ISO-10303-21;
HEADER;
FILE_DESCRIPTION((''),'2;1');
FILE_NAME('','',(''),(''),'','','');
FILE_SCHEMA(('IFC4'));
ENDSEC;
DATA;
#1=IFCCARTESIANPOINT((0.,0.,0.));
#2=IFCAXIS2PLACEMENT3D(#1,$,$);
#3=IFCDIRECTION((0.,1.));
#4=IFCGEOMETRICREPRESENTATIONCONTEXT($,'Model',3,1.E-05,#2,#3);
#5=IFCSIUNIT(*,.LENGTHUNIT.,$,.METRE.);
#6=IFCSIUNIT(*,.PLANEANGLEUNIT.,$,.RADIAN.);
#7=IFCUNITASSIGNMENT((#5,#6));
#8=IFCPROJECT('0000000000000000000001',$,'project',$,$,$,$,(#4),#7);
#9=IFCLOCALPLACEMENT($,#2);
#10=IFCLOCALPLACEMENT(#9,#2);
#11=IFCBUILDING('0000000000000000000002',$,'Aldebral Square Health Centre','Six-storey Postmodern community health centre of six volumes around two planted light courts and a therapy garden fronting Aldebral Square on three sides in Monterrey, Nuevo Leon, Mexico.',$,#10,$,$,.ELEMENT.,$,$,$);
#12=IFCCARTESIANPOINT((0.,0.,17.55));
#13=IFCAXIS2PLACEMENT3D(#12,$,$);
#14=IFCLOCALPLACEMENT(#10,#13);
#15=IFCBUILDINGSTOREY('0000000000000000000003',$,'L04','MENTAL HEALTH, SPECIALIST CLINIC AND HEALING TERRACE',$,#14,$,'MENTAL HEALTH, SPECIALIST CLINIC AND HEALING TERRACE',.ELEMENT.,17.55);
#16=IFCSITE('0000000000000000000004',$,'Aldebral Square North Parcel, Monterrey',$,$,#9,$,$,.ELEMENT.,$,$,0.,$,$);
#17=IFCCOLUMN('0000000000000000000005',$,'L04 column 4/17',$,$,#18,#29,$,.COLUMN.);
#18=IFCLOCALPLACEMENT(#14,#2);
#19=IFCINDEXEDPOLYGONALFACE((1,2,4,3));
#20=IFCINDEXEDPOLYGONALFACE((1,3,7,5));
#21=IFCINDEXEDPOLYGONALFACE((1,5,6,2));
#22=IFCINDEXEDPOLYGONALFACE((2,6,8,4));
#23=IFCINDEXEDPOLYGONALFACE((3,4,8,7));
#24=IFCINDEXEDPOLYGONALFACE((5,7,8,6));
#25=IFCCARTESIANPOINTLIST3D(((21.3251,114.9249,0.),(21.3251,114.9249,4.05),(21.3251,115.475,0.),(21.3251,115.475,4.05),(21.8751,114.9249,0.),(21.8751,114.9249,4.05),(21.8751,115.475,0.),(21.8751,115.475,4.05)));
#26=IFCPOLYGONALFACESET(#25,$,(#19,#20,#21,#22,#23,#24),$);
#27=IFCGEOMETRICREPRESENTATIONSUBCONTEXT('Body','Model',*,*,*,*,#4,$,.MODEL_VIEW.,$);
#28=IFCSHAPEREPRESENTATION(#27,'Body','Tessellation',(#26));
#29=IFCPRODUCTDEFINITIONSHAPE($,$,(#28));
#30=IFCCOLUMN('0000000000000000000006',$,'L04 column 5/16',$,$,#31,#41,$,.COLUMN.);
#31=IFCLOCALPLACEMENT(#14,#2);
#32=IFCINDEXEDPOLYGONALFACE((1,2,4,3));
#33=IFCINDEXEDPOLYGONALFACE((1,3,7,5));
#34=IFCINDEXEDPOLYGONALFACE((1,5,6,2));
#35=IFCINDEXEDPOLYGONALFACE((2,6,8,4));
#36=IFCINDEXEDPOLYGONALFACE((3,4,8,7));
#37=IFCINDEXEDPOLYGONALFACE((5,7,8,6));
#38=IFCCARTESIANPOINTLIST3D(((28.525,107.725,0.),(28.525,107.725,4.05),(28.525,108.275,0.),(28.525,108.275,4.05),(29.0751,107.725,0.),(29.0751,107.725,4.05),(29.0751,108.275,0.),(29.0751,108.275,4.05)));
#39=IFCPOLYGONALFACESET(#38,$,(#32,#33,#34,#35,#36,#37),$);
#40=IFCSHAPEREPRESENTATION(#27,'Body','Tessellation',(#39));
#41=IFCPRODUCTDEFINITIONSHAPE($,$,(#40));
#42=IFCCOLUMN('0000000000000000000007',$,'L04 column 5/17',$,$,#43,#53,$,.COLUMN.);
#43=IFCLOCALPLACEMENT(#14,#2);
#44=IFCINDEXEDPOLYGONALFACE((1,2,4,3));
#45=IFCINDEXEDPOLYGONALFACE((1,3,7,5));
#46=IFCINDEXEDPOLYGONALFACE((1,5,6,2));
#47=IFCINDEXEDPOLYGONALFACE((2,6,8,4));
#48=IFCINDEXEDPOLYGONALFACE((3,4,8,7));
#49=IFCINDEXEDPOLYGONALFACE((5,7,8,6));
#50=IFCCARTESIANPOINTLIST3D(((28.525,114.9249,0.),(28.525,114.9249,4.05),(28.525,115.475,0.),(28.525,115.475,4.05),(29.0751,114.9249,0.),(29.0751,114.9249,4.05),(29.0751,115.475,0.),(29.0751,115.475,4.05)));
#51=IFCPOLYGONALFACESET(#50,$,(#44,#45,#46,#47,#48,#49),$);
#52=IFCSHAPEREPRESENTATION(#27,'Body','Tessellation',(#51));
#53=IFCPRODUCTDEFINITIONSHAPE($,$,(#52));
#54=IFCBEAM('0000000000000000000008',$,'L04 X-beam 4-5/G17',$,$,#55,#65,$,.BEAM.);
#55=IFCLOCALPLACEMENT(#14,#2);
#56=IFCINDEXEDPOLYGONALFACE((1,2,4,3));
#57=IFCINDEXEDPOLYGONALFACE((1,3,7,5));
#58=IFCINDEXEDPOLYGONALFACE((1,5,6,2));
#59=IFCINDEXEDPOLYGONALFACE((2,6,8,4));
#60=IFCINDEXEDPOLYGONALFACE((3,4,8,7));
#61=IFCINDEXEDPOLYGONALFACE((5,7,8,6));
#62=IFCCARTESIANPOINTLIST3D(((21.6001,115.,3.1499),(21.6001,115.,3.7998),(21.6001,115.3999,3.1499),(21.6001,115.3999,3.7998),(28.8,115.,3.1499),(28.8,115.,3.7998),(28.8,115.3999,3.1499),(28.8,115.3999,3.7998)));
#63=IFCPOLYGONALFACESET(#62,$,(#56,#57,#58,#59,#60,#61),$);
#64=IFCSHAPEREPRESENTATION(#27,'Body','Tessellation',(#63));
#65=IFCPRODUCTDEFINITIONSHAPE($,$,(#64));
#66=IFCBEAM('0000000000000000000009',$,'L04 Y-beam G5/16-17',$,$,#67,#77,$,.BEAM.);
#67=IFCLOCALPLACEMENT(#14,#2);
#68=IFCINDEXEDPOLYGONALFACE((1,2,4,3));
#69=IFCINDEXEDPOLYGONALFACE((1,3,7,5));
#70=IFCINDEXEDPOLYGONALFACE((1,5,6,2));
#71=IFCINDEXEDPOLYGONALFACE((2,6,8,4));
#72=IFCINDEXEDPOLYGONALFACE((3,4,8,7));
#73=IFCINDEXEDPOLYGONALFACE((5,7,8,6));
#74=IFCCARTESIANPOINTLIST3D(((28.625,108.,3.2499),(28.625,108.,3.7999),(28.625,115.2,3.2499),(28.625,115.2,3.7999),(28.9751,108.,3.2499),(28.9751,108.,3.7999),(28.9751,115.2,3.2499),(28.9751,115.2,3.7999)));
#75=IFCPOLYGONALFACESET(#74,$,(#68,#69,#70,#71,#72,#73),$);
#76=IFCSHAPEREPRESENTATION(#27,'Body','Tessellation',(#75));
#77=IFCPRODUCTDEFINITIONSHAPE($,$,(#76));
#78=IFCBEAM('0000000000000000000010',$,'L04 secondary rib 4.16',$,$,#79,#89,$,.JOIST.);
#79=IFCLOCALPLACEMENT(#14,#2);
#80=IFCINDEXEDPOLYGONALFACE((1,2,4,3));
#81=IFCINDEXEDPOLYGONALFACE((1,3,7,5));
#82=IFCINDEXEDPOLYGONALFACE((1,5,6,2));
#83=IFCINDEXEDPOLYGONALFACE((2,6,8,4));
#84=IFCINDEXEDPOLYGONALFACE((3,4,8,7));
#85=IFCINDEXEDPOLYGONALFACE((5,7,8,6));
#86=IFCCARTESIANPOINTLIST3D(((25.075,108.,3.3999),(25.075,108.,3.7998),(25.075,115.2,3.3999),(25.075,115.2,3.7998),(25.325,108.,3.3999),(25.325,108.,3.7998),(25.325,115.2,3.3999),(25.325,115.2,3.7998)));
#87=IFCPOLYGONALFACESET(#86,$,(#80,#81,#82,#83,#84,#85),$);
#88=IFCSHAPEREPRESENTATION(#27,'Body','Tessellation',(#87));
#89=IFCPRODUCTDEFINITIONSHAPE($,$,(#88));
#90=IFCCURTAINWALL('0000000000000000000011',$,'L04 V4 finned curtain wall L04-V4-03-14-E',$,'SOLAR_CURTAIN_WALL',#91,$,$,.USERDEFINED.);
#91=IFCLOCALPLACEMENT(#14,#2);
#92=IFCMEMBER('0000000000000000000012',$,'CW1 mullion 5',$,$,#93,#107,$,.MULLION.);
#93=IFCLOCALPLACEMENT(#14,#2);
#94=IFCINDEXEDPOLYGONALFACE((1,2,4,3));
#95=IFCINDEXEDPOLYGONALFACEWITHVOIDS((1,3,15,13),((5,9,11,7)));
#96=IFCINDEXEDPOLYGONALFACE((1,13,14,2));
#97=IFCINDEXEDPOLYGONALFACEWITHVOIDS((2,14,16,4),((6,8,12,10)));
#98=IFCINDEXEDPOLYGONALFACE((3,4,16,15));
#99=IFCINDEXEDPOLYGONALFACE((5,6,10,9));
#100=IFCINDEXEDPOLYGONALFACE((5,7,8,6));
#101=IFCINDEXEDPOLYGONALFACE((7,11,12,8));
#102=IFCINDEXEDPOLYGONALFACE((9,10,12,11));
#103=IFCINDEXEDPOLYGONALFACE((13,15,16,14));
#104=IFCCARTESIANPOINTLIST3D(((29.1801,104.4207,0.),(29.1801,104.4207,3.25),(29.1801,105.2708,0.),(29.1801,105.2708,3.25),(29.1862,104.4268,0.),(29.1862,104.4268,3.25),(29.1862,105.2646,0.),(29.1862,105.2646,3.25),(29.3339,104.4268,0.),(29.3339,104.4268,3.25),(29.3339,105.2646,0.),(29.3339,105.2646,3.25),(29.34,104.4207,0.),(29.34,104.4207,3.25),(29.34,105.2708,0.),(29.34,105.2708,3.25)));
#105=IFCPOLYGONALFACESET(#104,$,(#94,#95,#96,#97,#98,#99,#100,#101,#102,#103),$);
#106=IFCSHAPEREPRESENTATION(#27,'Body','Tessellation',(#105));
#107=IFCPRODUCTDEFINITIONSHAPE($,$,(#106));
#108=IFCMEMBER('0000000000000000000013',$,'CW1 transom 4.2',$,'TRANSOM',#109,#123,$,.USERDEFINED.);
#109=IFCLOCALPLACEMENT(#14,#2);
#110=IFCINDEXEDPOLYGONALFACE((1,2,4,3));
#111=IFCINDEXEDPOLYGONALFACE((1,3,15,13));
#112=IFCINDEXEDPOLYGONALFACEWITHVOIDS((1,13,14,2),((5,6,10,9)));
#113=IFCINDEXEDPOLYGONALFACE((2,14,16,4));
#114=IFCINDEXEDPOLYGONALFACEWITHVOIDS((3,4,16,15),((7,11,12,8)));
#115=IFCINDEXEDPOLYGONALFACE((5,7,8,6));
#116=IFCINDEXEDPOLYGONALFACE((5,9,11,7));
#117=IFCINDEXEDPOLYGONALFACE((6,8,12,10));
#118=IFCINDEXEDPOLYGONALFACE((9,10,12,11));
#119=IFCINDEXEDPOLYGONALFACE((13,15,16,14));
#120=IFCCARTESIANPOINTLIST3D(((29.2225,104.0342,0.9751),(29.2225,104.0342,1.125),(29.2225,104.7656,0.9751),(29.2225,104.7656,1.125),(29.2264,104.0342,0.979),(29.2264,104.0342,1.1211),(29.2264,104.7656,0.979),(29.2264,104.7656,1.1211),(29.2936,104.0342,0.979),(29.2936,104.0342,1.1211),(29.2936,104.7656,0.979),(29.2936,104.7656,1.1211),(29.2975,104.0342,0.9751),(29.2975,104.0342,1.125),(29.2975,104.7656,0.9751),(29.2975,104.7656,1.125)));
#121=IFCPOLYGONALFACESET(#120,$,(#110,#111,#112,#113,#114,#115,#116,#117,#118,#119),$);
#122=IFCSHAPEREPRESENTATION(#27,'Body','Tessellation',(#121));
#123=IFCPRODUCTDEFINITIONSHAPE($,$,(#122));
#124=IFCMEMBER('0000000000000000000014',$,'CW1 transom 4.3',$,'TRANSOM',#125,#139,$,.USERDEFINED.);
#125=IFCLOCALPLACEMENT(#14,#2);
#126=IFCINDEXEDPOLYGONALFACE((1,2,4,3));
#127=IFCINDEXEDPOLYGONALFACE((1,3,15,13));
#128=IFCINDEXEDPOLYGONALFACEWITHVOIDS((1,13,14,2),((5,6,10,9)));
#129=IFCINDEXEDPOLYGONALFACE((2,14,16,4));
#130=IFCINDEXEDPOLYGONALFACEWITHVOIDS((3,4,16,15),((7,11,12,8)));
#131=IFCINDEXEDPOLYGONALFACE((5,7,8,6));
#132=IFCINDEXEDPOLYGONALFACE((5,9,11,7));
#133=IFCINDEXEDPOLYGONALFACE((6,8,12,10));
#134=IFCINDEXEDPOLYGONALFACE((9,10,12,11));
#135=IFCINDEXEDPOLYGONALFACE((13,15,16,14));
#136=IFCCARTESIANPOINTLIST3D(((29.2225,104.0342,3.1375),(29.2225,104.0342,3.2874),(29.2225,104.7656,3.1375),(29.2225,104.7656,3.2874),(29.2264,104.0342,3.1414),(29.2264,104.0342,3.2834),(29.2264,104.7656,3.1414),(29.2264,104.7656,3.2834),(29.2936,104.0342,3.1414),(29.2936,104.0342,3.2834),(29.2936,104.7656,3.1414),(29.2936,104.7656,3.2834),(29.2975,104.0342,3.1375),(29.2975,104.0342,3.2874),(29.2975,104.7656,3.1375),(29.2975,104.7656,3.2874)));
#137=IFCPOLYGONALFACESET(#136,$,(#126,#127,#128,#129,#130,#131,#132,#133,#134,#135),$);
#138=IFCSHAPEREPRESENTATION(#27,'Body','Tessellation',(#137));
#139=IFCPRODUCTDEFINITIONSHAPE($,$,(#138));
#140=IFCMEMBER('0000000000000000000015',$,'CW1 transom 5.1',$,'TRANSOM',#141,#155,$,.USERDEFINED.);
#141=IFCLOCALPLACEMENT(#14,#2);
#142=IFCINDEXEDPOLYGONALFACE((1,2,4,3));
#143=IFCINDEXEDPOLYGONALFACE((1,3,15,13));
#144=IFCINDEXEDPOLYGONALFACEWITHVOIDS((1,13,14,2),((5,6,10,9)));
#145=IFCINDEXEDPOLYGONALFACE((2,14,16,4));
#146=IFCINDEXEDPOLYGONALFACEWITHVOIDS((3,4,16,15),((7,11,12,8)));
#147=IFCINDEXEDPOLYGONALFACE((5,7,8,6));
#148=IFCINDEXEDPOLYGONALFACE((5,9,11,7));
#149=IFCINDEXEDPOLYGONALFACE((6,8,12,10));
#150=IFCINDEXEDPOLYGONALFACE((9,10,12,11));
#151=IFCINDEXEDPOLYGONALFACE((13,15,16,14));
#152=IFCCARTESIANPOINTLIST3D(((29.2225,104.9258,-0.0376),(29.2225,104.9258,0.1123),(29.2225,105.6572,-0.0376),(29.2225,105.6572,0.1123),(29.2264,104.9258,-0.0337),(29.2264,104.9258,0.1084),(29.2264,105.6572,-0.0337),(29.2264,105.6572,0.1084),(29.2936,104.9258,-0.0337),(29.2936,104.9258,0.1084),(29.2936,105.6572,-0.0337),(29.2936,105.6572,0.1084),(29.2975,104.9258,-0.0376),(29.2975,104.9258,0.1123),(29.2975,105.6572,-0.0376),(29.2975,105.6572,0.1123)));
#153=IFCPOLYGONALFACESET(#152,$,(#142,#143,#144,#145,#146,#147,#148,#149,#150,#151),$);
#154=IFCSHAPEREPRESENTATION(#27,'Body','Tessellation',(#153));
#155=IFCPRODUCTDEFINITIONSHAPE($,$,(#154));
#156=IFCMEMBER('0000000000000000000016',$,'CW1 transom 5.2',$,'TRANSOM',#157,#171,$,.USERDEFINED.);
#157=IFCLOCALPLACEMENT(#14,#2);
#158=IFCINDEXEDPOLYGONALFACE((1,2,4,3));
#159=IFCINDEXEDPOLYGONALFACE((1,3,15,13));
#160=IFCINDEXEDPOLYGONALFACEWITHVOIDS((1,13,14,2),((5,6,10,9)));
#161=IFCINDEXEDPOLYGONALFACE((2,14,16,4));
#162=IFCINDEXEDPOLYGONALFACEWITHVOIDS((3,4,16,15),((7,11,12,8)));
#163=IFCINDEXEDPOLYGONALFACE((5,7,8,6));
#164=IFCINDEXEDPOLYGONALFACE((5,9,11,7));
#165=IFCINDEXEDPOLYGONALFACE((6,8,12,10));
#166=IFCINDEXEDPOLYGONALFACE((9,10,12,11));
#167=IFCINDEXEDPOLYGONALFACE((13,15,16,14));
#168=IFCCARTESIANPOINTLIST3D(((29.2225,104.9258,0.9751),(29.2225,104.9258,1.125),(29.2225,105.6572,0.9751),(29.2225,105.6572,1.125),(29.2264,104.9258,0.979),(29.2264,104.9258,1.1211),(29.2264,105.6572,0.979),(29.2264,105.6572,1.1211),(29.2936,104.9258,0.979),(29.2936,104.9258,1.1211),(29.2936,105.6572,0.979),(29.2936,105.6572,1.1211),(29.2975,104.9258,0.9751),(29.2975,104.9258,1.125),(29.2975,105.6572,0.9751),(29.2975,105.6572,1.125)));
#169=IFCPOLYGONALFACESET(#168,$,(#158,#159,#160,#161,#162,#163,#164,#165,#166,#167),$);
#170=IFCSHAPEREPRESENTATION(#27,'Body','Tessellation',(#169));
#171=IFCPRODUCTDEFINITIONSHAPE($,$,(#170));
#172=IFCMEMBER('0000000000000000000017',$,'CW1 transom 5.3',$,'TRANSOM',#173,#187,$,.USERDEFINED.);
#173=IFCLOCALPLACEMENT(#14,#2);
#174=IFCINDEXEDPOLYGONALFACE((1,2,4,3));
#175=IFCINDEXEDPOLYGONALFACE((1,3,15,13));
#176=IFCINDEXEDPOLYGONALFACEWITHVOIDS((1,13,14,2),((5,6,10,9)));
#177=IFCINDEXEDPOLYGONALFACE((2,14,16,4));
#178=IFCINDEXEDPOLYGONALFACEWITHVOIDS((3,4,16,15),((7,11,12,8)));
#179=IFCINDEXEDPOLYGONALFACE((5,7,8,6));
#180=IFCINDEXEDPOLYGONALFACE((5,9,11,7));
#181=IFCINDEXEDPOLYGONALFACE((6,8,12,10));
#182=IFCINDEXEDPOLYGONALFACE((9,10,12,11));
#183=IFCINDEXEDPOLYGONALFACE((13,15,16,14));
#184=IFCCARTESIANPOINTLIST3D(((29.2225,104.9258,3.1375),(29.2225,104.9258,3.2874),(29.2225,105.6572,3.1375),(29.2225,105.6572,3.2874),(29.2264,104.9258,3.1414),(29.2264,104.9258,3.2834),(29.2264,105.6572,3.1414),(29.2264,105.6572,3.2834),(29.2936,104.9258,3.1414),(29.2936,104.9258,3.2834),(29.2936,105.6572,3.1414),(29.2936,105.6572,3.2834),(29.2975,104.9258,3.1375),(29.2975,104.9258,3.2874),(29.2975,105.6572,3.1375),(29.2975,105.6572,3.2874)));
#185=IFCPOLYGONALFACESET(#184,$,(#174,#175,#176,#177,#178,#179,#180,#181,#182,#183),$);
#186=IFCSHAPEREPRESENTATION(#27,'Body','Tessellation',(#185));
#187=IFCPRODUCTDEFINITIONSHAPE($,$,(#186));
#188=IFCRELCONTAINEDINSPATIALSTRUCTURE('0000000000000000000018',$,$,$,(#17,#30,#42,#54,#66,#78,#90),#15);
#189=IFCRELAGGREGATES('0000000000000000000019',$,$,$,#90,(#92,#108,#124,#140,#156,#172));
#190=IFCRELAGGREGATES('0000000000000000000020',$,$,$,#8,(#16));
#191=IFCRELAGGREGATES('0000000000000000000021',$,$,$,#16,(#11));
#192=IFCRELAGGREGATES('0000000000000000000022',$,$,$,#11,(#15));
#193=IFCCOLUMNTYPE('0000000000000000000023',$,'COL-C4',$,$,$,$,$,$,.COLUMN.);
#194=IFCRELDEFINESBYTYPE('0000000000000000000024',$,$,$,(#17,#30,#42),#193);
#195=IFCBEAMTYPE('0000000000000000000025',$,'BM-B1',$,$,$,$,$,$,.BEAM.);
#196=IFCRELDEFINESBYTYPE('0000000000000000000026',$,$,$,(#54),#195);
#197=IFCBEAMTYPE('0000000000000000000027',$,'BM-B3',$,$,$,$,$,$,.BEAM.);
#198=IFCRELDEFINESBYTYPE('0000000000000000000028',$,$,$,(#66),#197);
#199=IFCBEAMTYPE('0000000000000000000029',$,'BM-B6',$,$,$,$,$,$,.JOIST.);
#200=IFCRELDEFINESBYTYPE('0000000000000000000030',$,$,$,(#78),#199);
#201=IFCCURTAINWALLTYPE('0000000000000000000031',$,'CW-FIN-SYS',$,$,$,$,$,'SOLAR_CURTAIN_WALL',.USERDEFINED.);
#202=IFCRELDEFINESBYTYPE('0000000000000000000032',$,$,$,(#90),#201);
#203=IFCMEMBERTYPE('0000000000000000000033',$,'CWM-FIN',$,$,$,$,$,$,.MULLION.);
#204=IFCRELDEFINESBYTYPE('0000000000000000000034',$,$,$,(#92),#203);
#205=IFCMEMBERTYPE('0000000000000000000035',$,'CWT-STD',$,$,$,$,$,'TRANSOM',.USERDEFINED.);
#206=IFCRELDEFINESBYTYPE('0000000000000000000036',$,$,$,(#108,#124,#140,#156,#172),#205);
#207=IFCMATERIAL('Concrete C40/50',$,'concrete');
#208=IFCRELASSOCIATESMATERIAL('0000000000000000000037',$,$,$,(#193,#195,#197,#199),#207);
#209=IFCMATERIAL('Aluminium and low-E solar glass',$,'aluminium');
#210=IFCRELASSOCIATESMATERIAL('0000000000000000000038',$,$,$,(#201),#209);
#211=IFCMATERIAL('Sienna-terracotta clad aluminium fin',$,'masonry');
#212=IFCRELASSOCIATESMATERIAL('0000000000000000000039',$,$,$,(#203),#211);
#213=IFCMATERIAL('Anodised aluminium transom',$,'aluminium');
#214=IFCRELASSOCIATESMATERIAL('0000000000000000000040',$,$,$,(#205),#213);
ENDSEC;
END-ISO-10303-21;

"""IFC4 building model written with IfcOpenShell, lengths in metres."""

from ifc_helpers import new_model, si_unit, direction, frame, origin, origin_2d, place, context, subcontext, project, spatial, rectangle, hollow_rectangle, extrude, material, material_profile, profile_set, type_object, element, aggregate, save


model = new_model("IFC4")

# Units and contexts
model_context = context("Model", 3, precision=1e-05, world=origin(), true_north=direction((0.0, 1.0)))
body_context = subcontext(model_context, "Body", "Model", "MODEL_VIEW")
ifc_project = project(units=[si_unit("LENGTHUNIT", "METRE"), si_unit("PLANEANGLEUNIT", "RADIAN")], contexts=[model_context])

# Site, building, storey
site_placement = place(None, origin())
site = spatial("IfcSite", under=ifc_project, at=site_placement, Name="Aldebral Square North Parcel, Monterrey", CompositionType="ELEMENT", RefElevation=0.0)
building_placement = place(site_placement, origin())
building = spatial("IfcBuilding", under=site, at=building_placement, Name="Aldebral Square Health Centre", Description="Six-storey Postmodern community health centre of six volumes around two planted light courts and a therapy garden fronting Aldebral Square on three sides in Monterrey, Nuevo Leon, Mexico.", CompositionType="ELEMENT")
storey_placement = place(building_placement, frame((0.0, 0.0, 17.55)))
storey = spatial("IfcBuildingStorey", under=building, at=storey_placement, Name="L04", Description="MENTAL HEALTH, SPECIALIST CLINIC AND HEALING TERRACE", LongName="MENTAL HEALTH, SPECIALIST CLINIC AND HEALING TERRACE", CompositionType="ELEMENT", Elevation=17.55)

# Columns
ifc_material_1 = material(Name="Concrete C40/50", Category="concrete")
ifc_material_profile_1 = material_profile(ifc_material_1, rectangle(XDim=0.55, YDim=0.55, at=origin_2d()), Name="RC 550x550")
ifc_profile_set_1 = profile_set([ifc_material_profile_1], Name="Concrete C40/50")
column_type = type_object("IfcColumnType", Name="COL-C4", PredefinedType="COLUMN", material=ifc_profile_set_1)
for number, where, z_axis, x_axis, name in (
    (1, (21.6001, 115.2, 0.0), (0.0, 0.0, 1.0), (1.0, 0.0, 0.0), "L04 column 4/17"),
    (2, (28.8, 108.0, 0.0), (0.0, 0.0, 1.0), (1.0, 0.0, 0.0), "L04 column 5/16"),
    (3, (28.8, 115.2, 0.0), (0.0, 0.0, 1.0), (1.0, 0.0, 0.0), "L04 column 5/17"),
):
    element("IfcColumn", number, at=place(storey_placement, frame(where, z_axis=z_axis, x_axis=x_axis)), inside=storey, type_object=column_type, Name=name, PredefinedType="COLUMN", context=body_context, shape_type="SweptSolid", body=[
        extrude(rectangle(XDim=0.55, YDim=0.55, at=origin_2d()), origin(), (0.0, 0.0, 1.0), 4.05),
    ])

# Beams
ifc_material_profile_2 = material_profile(ifc_material_1, rectangle(XDim=0.3999, YDim=0.6499, at=origin_2d()), Name="RC 400x650")
ifc_profile_set_2 = profile_set([ifc_material_profile_2], Name="Concrete C40/50")
beam_type_1 = type_object("IfcBeamType", Name="BM-B1", PredefinedType="BEAM", material=ifc_profile_set_2)
beam_1_placement = place(storey_placement, frame((21.6001, 115.2, 3.4749), z_axis=(1.0, 0.0, 0.0), x_axis=(0.0, 1.0, 0.0)))
element("IfcBeam", 4, at=beam_1_placement, inside=storey, type_object=beam_type_1, Name="L04 X-beam 4-5/G17", PredefinedType="BEAM", context=body_context, shape_type="SweptSolid", body=[
    extrude(rectangle(XDim=0.3999, YDim=0.6499, at=origin_2d()), origin(), (0.0, 0.0, 1.0), 7.2),
])
ifc_material_profile_3 = material_profile(ifc_material_1, rectangle(XDim=0.3501, YDim=0.55, at=origin_2d()), Name="RC 350x550")
ifc_profile_set_3 = profile_set([ifc_material_profile_3], Name="Concrete C40/50")
beam_type_2 = type_object("IfcBeamType", Name="BM-B3", PredefinedType="BEAM", material=ifc_profile_set_3)
beam_2_placement = place(storey_placement, frame((28.8, 108.0, 3.5249), z_axis=(0.0, 1.0, 0.0), x_axis=(-1.0, 0.0, 0.0)))
element("IfcBeam", 5, at=beam_2_placement, inside=storey, type_object=beam_type_2, Name="L04 Y-beam G5/16-17", PredefinedType="BEAM", context=body_context, shape_type="SweptSolid", body=[
    extrude(rectangle(XDim=0.3501, YDim=0.55, at=origin_2d()), origin(), (0.0, 0.0, 1.0), 7.2),
])
ifc_material_profile_4 = material_profile(ifc_material_1, rectangle(XDim=0.25, YDim=0.3999, at=origin_2d()), Name="RC 250x400")
ifc_profile_set_4 = profile_set([ifc_material_profile_4], Name="Concrete C40/50")
beam_type_3 = type_object("IfcBeamType", Name="BM-B6", PredefinedType="JOIST", material=ifc_profile_set_4)
beam_3_placement = place(storey_placement, frame((25.2, 108.0, 3.5999), z_axis=(0.0, 1.0, 0.0), x_axis=(-1.0, 0.0, 0.0)))
element("IfcBeam", 6, at=beam_3_placement, inside=storey, type_object=beam_type_3, Name="L04 secondary rib 4.16", PredefinedType="JOIST", context=body_context, shape_type="SweptSolid", body=[
    extrude(rectangle(XDim=0.25, YDim=0.3999, at=origin_2d()), origin(), (0.0, 0.0, 1.0), 7.2),
])

# Curtain wall, members
ifc_material_2 = material(Name="Aluminium and low-E solar glass", Category="aluminium")
curtain_wall_type = type_object("IfcCurtainWallType", Name="CW-FIN-SYS", ElementType="SOLAR_CURTAIN_WALL", PredefinedType="USERDEFINED", material=ifc_material_2)
curtain_wall_placement = place(storey_placement, origin())
curtain_wall = element("IfcCurtainWall", 7, at=curtain_wall_placement, inside=storey, type_object=curtain_wall_type, Name="L04 V4 finned curtain wall L04-V4-03-14-E", ObjectType="SOLAR_CURTAIN_WALL", PredefinedType="USERDEFINED")
ifc_material_3 = material(Name="Sienna-terracotta clad aluminium fin", Category="masonry")
ifc_material_profile_5 = material_profile(ifc_material_3, hollow_rectangle(XDim=0.1599, YDim=0.8501, WallThickness=0.0061, at=origin_2d()), Name="FIN 160x850x6")
ifc_profile_set_5 = profile_set([ifc_material_profile_5], Name="Sienna-terracotta clad aluminium fin")
member_type_1 = type_object("IfcMemberType", Name="CWM-FIN", PredefinedType="MULLION", material=ifc_profile_set_5)
member_1_placement = place(storey_placement, frame((29.26, 104.8457, 0.0), z_axis=(0.0, 0.0, 1.0), x_axis=(-1.0, 0.0, 0.0)))
member_1 = element("IfcMember", 8, at=member_1_placement, type_object=member_type_1, Name="CW1 mullion 5", PredefinedType="MULLION", context=body_context, shape_type="SweptSolid", body=[
    extrude(hollow_rectangle(XDim=0.1599, YDim=0.8501, WallThickness=0.0061, at=origin_2d()), origin(), (0.0, 0.0, 1.0), 3.25),
])
ifc_material_4 = material(Name="Anodised aluminium transom", Category="aluminium")
ifc_material_profile_6 = material_profile(ifc_material_4, hollow_rectangle(XDim=0.075, YDim=0.1499, WallThickness=0.0039, at=origin_2d()), Name="CWT 75x150x4")
ifc_profile_set_6 = profile_set([ifc_material_profile_6], Name="Anodised aluminium transom")
member_type_2 = type_object("IfcMemberType", Name="CWT-STD", ElementType="TRANSOM", PredefinedType="USERDEFINED", material=ifc_profile_set_6)
member_2_placement = place(storey_placement, frame((29.26, 104.0342, 1.05), z_axis=(0.0, 1.0, 0.0), x_axis=(-1.0, 0.0, 0.0)))
member_2 = element("IfcMember", 9, at=member_2_placement, type_object=member_type_2, Name="CW1 transom 4.2", ObjectType="TRANSOM", PredefinedType="USERDEFINED", context=body_context, shape_type="SweptSolid", body=[
    extrude(hollow_rectangle(XDim=0.075, YDim=0.1499, WallThickness=0.0039, at=origin_2d()), origin(), (0.0, 0.0, 1.0), 0.7314),
])
member_3_placement = place(storey_placement, frame((29.26, 104.0342, 3.2124), z_axis=(0.0, 1.0, 0.0), x_axis=(-1.0, 0.0, 0.0)))
member_3 = element("IfcMember", 10, at=member_3_placement, type_object=member_type_2, Name="CW1 transom 4.3", ObjectType="TRANSOM", PredefinedType="USERDEFINED", context=body_context, shape_type="SweptSolid", body=[
    extrude(hollow_rectangle(XDim=0.075, YDim=0.1499, WallThickness=0.0039, at=origin_2d()), origin(), (0.0, 0.0, 1.0), 0.7314),
])
member_4_placement = place(storey_placement, frame((29.26, 104.9258, 0.0374), z_axis=(0.0, 1.0, 0.0), x_axis=(-1.0, 0.0, 0.0)))
member_4 = element("IfcMember", 11, at=member_4_placement, type_object=member_type_2, Name="CW1 transom 5.1", ObjectType="TRANSOM", PredefinedType="USERDEFINED", context=body_context, shape_type="SweptSolid", body=[
    extrude(hollow_rectangle(XDim=0.075, YDim=0.1499, WallThickness=0.0039, at=origin_2d()), origin(), (0.0, 0.0, 1.0), 0.7314),
])
member_5_placement = place(storey_placement, frame((29.26, 104.9258, 1.05), z_axis=(0.0, 1.0, 0.0), x_axis=(-1.0, 0.0, 0.0)))
member_5 = element("IfcMember", 12, at=member_5_placement, type_object=member_type_2, Name="CW1 transom 5.2", ObjectType="TRANSOM", PredefinedType="USERDEFINED", context=body_context, shape_type="SweptSolid", body=[
    extrude(hollow_rectangle(XDim=0.075, YDim=0.1499, WallThickness=0.0039, at=origin_2d()), origin(), (0.0, 0.0, 1.0), 0.7314),
])
member_6_placement = place(storey_placement, frame((29.26, 104.9258, 3.2124), z_axis=(0.0, 1.0, 0.0), x_axis=(-1.0, 0.0, 0.0)))
member_6 = element("IfcMember", 13, at=member_6_placement, type_object=member_type_2, Name="CW1 transom 5.3", ObjectType="TRANSOM", PredefinedType="USERDEFINED", context=body_context, shape_type="SweptSolid", body=[
    extrude(hollow_rectangle(XDim=0.075, YDim=0.1499, WallThickness=0.0039, at=origin_2d()), origin(), (0.0, 0.0, 1.0), 0.7314),
])
aggregate(curtain_wall, [member_1, member_2, member_3, member_4, member_5, member_6])

save(model, "model.ifc")
